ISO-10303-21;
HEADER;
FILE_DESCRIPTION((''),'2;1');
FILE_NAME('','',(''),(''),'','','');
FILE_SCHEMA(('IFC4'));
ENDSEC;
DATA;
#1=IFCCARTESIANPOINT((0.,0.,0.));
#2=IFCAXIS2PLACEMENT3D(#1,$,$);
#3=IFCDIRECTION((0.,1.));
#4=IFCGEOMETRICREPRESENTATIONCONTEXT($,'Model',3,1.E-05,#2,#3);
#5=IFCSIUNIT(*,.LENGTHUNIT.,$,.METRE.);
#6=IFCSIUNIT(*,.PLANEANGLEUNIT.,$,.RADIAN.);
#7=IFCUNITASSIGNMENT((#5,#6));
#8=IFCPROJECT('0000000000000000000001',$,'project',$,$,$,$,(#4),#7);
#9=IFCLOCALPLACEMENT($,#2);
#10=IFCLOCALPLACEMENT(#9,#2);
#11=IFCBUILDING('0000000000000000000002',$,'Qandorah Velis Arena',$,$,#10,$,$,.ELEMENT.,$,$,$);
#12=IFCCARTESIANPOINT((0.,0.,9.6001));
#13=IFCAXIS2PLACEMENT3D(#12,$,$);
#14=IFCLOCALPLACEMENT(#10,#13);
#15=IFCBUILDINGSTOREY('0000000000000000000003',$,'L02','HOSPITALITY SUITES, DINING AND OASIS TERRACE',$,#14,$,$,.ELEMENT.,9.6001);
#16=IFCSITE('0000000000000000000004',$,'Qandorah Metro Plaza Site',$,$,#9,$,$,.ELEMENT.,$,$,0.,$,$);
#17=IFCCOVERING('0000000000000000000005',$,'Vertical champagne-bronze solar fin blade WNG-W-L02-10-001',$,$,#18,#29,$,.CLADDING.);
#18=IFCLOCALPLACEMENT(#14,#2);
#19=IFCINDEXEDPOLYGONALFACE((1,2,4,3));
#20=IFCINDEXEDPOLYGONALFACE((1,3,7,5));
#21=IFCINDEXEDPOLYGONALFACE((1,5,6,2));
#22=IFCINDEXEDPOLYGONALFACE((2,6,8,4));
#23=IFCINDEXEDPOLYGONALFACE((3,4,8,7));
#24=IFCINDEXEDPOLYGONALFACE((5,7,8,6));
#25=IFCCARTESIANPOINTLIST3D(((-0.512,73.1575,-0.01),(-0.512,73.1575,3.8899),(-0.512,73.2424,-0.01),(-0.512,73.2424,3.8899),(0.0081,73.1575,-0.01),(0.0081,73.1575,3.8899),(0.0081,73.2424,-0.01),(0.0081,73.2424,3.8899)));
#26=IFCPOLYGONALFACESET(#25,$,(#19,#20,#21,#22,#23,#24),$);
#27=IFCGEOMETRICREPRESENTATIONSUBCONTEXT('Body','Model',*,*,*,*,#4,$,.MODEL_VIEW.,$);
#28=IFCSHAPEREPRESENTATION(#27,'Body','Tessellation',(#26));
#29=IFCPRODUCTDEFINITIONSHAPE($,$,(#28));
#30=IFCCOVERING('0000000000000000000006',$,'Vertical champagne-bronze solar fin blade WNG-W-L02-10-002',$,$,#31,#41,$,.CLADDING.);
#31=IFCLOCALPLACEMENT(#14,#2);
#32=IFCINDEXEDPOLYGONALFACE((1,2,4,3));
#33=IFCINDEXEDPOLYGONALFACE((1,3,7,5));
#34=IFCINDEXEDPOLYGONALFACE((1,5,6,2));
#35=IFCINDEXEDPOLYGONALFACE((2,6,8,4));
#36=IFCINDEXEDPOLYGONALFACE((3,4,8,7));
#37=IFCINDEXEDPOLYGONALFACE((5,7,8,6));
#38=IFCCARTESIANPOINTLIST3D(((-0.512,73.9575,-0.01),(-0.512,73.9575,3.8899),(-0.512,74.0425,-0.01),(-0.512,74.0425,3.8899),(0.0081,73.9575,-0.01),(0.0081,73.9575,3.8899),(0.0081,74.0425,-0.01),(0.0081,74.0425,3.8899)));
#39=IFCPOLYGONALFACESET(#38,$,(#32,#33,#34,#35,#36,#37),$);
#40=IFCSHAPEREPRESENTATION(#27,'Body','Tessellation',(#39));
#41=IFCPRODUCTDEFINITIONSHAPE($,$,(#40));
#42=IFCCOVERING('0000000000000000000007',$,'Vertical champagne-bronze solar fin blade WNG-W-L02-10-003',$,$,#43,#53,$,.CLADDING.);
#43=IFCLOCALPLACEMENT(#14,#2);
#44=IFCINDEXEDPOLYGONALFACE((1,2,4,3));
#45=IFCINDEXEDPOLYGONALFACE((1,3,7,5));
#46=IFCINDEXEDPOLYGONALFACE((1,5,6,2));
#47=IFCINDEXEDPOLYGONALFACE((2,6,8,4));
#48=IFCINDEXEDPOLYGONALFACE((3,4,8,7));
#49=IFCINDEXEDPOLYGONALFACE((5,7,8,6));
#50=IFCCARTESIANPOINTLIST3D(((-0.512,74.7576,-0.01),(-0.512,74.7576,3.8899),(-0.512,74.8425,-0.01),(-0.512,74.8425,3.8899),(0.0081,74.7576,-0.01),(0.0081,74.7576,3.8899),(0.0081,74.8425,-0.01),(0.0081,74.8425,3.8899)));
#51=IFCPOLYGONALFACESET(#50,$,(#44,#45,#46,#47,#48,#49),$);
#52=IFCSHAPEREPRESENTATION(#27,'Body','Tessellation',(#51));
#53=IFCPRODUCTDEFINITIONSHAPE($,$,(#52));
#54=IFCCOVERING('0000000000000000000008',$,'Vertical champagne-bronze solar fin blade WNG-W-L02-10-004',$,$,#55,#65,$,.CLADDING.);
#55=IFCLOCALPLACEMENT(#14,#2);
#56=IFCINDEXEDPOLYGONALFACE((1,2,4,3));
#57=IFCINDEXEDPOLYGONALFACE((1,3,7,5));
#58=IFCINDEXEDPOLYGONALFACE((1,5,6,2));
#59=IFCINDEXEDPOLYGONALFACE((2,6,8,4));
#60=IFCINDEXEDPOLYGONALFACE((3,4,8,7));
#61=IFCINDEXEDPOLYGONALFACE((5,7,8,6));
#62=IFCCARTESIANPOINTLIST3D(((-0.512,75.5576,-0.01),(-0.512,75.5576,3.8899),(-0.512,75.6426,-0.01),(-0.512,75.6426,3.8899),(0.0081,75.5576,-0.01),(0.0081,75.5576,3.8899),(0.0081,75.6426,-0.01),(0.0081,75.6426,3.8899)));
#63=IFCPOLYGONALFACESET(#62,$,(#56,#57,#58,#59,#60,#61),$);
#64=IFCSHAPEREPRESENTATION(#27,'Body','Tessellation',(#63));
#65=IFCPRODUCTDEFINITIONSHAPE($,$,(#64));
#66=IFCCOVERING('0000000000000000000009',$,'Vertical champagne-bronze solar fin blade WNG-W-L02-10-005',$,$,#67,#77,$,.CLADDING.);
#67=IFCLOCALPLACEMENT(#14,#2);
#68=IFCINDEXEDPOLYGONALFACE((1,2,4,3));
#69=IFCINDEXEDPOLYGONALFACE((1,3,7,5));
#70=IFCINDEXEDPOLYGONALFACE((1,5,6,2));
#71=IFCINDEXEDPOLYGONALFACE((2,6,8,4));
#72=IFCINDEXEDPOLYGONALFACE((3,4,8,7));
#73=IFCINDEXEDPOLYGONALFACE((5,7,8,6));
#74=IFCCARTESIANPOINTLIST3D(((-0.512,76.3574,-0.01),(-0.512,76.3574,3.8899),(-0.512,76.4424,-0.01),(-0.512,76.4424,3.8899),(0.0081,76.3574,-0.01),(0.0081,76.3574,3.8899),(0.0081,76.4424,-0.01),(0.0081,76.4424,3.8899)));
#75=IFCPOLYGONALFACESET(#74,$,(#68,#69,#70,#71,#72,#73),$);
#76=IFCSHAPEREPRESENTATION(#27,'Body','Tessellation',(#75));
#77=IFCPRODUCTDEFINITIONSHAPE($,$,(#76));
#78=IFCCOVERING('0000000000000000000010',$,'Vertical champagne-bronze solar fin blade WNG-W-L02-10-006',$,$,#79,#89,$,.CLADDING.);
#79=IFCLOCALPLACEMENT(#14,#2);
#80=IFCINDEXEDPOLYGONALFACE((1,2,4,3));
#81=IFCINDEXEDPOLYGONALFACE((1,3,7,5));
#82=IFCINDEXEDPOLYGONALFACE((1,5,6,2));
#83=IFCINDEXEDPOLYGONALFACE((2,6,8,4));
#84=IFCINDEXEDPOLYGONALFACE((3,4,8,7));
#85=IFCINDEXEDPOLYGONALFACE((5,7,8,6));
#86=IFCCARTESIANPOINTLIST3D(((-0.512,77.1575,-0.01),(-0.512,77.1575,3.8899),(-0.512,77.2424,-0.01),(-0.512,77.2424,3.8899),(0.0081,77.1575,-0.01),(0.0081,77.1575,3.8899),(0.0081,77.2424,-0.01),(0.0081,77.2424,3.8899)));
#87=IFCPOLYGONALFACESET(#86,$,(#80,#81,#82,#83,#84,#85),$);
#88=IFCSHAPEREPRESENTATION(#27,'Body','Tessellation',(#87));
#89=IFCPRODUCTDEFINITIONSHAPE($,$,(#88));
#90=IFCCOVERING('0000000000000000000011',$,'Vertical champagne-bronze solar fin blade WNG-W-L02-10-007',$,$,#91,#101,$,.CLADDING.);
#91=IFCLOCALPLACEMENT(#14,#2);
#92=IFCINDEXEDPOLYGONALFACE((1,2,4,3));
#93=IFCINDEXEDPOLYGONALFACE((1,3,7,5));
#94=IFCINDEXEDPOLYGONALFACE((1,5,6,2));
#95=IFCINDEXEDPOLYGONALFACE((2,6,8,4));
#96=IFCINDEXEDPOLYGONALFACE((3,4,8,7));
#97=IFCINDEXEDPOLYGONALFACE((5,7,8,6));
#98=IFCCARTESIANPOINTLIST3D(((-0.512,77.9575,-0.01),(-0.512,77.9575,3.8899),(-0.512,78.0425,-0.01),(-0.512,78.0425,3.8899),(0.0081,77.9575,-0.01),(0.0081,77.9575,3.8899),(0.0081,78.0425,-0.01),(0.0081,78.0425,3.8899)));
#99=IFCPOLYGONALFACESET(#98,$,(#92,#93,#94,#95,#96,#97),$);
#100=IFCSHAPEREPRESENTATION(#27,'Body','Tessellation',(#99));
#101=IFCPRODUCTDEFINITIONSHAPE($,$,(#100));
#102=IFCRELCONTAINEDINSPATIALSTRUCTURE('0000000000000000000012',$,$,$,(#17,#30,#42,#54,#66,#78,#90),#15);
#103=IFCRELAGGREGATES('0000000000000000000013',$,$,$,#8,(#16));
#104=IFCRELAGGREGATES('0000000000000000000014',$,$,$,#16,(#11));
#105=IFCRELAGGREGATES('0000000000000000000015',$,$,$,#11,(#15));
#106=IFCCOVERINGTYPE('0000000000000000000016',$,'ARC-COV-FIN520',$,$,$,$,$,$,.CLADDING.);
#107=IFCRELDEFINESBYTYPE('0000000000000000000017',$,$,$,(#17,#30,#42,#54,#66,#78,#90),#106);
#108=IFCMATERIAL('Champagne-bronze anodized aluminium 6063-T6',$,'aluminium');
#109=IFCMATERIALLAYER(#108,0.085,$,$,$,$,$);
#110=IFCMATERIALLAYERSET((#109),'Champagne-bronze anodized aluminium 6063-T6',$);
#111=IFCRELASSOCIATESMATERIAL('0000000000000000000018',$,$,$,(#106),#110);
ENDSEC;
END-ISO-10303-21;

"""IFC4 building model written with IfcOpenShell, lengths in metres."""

from ifc_helpers import new_model, si_unit, direction, frame, origin, origin_2d, place, context, subcontext, project, spatial, rectangle, extrude, material, layer, layer_set, type_object, element, save


model = new_model("IFC4")

# Units and contexts
model_context = context("Model", 3, precision=1e-05, world=origin(), true_north=direction((0.0, 1.0)))
body_context = subcontext(model_context, "Body", "Model", "MODEL_VIEW")
ifc_project = project(units=[si_unit("LENGTHUNIT", "METRE"), si_unit("PLANEANGLEUNIT", "RADIAN")], contexts=[model_context])

# Site, building, storey
site_placement = place(None, origin())
site = spatial("IfcSite", under=ifc_project, at=site_placement, Name="Qandorah Metro Plaza Site", CompositionType="ELEMENT", RefElevation=0.0)
building_placement = place(site_placement, origin())
building = spatial("IfcBuilding", under=site, at=building_placement, Name="Qandorah Velis Arena", CompositionType="ELEMENT")
storey_placement = place(building_placement, frame((0.0, 0.0, 9.6001)))
storey = spatial("IfcBuildingStorey", under=building, at=storey_placement, Name="L02", Description="HOSPITALITY SUITES, DINING AND OASIS TERRACE", CompositionType="ELEMENT", Elevation=9.6001)

# Shared definitions
ifc_material_1 = material(Name="Champagne-bronze anodized aluminium 6063-T6", Category="aluminium")

# Coverings
ifc_layer_1 = layer(ifc_material_1, 0.085)
ifc_layer_set_1 = layer_set([ifc_layer_1], Name="Champagne-bronze anodized aluminium 6063-T6")
covering_type = type_object("IfcCoveringType", Name="ARC-COV-FIN520", PredefinedType="CLADDING", material=ifc_layer_set_1)
for number, where, z_axis, x_axis, name in (
    (1, (-0.252, 73.2, -0.01), (0.0, 0.0, 1.0), (1.0, 0.0, 0.0), "Vertical champagne-bronze solar fin blade WNG-W-L02-10-001"),
    (2, (-0.252, 74.0, -0.01), (0.0, 0.0, 1.0), (1.0, 0.0, 0.0), "Vertical champagne-bronze solar fin blade WNG-W-L02-10-002"),
    (3, (-0.252, 74.8, -0.01), (0.0, 0.0, 1.0), (1.0, 0.0, 0.0), "Vertical champagne-bronze solar fin blade WNG-W-L02-10-003"),
    (4, (-0.252, 75.6001, -0.01), (0.0, 0.0, 1.0), (1.0, 0.0, 0.0), "Vertical champagne-bronze solar fin blade WNG-W-L02-10-004"),
    (5, (-0.252, 76.3999, -0.01), (0.0, 0.0, 1.0), (1.0, 0.0, 0.0), "Vertical champagne-bronze solar fin blade WNG-W-L02-10-005"),
    (6, (-0.252, 77.2, -0.01), (0.0, 0.0, 1.0), (1.0, 0.0, 0.0), "Vertical champagne-bronze solar fin blade WNG-W-L02-10-006"),
    (7, (-0.252, 78.0, -0.01), (0.0, 0.0, 1.0), (1.0, 0.0, 0.0), "Vertical champagne-bronze solar fin blade WNG-W-L02-10-007"),
):
    element("IfcCovering", number, at=place(storey_placement, frame(where, z_axis=z_axis, x_axis=x_axis)), inside=storey, type_object=covering_type, Name=name, PredefinedType="CLADDING", context=body_context, shape_type="SweptSolid", body=[
        extrude(rectangle(XDim=0.52, YDim=0.085, at=origin_2d()), origin(), (0.0, 0.0, 1.0), 3.8999),
    ])

save(model, "model.ifc")
